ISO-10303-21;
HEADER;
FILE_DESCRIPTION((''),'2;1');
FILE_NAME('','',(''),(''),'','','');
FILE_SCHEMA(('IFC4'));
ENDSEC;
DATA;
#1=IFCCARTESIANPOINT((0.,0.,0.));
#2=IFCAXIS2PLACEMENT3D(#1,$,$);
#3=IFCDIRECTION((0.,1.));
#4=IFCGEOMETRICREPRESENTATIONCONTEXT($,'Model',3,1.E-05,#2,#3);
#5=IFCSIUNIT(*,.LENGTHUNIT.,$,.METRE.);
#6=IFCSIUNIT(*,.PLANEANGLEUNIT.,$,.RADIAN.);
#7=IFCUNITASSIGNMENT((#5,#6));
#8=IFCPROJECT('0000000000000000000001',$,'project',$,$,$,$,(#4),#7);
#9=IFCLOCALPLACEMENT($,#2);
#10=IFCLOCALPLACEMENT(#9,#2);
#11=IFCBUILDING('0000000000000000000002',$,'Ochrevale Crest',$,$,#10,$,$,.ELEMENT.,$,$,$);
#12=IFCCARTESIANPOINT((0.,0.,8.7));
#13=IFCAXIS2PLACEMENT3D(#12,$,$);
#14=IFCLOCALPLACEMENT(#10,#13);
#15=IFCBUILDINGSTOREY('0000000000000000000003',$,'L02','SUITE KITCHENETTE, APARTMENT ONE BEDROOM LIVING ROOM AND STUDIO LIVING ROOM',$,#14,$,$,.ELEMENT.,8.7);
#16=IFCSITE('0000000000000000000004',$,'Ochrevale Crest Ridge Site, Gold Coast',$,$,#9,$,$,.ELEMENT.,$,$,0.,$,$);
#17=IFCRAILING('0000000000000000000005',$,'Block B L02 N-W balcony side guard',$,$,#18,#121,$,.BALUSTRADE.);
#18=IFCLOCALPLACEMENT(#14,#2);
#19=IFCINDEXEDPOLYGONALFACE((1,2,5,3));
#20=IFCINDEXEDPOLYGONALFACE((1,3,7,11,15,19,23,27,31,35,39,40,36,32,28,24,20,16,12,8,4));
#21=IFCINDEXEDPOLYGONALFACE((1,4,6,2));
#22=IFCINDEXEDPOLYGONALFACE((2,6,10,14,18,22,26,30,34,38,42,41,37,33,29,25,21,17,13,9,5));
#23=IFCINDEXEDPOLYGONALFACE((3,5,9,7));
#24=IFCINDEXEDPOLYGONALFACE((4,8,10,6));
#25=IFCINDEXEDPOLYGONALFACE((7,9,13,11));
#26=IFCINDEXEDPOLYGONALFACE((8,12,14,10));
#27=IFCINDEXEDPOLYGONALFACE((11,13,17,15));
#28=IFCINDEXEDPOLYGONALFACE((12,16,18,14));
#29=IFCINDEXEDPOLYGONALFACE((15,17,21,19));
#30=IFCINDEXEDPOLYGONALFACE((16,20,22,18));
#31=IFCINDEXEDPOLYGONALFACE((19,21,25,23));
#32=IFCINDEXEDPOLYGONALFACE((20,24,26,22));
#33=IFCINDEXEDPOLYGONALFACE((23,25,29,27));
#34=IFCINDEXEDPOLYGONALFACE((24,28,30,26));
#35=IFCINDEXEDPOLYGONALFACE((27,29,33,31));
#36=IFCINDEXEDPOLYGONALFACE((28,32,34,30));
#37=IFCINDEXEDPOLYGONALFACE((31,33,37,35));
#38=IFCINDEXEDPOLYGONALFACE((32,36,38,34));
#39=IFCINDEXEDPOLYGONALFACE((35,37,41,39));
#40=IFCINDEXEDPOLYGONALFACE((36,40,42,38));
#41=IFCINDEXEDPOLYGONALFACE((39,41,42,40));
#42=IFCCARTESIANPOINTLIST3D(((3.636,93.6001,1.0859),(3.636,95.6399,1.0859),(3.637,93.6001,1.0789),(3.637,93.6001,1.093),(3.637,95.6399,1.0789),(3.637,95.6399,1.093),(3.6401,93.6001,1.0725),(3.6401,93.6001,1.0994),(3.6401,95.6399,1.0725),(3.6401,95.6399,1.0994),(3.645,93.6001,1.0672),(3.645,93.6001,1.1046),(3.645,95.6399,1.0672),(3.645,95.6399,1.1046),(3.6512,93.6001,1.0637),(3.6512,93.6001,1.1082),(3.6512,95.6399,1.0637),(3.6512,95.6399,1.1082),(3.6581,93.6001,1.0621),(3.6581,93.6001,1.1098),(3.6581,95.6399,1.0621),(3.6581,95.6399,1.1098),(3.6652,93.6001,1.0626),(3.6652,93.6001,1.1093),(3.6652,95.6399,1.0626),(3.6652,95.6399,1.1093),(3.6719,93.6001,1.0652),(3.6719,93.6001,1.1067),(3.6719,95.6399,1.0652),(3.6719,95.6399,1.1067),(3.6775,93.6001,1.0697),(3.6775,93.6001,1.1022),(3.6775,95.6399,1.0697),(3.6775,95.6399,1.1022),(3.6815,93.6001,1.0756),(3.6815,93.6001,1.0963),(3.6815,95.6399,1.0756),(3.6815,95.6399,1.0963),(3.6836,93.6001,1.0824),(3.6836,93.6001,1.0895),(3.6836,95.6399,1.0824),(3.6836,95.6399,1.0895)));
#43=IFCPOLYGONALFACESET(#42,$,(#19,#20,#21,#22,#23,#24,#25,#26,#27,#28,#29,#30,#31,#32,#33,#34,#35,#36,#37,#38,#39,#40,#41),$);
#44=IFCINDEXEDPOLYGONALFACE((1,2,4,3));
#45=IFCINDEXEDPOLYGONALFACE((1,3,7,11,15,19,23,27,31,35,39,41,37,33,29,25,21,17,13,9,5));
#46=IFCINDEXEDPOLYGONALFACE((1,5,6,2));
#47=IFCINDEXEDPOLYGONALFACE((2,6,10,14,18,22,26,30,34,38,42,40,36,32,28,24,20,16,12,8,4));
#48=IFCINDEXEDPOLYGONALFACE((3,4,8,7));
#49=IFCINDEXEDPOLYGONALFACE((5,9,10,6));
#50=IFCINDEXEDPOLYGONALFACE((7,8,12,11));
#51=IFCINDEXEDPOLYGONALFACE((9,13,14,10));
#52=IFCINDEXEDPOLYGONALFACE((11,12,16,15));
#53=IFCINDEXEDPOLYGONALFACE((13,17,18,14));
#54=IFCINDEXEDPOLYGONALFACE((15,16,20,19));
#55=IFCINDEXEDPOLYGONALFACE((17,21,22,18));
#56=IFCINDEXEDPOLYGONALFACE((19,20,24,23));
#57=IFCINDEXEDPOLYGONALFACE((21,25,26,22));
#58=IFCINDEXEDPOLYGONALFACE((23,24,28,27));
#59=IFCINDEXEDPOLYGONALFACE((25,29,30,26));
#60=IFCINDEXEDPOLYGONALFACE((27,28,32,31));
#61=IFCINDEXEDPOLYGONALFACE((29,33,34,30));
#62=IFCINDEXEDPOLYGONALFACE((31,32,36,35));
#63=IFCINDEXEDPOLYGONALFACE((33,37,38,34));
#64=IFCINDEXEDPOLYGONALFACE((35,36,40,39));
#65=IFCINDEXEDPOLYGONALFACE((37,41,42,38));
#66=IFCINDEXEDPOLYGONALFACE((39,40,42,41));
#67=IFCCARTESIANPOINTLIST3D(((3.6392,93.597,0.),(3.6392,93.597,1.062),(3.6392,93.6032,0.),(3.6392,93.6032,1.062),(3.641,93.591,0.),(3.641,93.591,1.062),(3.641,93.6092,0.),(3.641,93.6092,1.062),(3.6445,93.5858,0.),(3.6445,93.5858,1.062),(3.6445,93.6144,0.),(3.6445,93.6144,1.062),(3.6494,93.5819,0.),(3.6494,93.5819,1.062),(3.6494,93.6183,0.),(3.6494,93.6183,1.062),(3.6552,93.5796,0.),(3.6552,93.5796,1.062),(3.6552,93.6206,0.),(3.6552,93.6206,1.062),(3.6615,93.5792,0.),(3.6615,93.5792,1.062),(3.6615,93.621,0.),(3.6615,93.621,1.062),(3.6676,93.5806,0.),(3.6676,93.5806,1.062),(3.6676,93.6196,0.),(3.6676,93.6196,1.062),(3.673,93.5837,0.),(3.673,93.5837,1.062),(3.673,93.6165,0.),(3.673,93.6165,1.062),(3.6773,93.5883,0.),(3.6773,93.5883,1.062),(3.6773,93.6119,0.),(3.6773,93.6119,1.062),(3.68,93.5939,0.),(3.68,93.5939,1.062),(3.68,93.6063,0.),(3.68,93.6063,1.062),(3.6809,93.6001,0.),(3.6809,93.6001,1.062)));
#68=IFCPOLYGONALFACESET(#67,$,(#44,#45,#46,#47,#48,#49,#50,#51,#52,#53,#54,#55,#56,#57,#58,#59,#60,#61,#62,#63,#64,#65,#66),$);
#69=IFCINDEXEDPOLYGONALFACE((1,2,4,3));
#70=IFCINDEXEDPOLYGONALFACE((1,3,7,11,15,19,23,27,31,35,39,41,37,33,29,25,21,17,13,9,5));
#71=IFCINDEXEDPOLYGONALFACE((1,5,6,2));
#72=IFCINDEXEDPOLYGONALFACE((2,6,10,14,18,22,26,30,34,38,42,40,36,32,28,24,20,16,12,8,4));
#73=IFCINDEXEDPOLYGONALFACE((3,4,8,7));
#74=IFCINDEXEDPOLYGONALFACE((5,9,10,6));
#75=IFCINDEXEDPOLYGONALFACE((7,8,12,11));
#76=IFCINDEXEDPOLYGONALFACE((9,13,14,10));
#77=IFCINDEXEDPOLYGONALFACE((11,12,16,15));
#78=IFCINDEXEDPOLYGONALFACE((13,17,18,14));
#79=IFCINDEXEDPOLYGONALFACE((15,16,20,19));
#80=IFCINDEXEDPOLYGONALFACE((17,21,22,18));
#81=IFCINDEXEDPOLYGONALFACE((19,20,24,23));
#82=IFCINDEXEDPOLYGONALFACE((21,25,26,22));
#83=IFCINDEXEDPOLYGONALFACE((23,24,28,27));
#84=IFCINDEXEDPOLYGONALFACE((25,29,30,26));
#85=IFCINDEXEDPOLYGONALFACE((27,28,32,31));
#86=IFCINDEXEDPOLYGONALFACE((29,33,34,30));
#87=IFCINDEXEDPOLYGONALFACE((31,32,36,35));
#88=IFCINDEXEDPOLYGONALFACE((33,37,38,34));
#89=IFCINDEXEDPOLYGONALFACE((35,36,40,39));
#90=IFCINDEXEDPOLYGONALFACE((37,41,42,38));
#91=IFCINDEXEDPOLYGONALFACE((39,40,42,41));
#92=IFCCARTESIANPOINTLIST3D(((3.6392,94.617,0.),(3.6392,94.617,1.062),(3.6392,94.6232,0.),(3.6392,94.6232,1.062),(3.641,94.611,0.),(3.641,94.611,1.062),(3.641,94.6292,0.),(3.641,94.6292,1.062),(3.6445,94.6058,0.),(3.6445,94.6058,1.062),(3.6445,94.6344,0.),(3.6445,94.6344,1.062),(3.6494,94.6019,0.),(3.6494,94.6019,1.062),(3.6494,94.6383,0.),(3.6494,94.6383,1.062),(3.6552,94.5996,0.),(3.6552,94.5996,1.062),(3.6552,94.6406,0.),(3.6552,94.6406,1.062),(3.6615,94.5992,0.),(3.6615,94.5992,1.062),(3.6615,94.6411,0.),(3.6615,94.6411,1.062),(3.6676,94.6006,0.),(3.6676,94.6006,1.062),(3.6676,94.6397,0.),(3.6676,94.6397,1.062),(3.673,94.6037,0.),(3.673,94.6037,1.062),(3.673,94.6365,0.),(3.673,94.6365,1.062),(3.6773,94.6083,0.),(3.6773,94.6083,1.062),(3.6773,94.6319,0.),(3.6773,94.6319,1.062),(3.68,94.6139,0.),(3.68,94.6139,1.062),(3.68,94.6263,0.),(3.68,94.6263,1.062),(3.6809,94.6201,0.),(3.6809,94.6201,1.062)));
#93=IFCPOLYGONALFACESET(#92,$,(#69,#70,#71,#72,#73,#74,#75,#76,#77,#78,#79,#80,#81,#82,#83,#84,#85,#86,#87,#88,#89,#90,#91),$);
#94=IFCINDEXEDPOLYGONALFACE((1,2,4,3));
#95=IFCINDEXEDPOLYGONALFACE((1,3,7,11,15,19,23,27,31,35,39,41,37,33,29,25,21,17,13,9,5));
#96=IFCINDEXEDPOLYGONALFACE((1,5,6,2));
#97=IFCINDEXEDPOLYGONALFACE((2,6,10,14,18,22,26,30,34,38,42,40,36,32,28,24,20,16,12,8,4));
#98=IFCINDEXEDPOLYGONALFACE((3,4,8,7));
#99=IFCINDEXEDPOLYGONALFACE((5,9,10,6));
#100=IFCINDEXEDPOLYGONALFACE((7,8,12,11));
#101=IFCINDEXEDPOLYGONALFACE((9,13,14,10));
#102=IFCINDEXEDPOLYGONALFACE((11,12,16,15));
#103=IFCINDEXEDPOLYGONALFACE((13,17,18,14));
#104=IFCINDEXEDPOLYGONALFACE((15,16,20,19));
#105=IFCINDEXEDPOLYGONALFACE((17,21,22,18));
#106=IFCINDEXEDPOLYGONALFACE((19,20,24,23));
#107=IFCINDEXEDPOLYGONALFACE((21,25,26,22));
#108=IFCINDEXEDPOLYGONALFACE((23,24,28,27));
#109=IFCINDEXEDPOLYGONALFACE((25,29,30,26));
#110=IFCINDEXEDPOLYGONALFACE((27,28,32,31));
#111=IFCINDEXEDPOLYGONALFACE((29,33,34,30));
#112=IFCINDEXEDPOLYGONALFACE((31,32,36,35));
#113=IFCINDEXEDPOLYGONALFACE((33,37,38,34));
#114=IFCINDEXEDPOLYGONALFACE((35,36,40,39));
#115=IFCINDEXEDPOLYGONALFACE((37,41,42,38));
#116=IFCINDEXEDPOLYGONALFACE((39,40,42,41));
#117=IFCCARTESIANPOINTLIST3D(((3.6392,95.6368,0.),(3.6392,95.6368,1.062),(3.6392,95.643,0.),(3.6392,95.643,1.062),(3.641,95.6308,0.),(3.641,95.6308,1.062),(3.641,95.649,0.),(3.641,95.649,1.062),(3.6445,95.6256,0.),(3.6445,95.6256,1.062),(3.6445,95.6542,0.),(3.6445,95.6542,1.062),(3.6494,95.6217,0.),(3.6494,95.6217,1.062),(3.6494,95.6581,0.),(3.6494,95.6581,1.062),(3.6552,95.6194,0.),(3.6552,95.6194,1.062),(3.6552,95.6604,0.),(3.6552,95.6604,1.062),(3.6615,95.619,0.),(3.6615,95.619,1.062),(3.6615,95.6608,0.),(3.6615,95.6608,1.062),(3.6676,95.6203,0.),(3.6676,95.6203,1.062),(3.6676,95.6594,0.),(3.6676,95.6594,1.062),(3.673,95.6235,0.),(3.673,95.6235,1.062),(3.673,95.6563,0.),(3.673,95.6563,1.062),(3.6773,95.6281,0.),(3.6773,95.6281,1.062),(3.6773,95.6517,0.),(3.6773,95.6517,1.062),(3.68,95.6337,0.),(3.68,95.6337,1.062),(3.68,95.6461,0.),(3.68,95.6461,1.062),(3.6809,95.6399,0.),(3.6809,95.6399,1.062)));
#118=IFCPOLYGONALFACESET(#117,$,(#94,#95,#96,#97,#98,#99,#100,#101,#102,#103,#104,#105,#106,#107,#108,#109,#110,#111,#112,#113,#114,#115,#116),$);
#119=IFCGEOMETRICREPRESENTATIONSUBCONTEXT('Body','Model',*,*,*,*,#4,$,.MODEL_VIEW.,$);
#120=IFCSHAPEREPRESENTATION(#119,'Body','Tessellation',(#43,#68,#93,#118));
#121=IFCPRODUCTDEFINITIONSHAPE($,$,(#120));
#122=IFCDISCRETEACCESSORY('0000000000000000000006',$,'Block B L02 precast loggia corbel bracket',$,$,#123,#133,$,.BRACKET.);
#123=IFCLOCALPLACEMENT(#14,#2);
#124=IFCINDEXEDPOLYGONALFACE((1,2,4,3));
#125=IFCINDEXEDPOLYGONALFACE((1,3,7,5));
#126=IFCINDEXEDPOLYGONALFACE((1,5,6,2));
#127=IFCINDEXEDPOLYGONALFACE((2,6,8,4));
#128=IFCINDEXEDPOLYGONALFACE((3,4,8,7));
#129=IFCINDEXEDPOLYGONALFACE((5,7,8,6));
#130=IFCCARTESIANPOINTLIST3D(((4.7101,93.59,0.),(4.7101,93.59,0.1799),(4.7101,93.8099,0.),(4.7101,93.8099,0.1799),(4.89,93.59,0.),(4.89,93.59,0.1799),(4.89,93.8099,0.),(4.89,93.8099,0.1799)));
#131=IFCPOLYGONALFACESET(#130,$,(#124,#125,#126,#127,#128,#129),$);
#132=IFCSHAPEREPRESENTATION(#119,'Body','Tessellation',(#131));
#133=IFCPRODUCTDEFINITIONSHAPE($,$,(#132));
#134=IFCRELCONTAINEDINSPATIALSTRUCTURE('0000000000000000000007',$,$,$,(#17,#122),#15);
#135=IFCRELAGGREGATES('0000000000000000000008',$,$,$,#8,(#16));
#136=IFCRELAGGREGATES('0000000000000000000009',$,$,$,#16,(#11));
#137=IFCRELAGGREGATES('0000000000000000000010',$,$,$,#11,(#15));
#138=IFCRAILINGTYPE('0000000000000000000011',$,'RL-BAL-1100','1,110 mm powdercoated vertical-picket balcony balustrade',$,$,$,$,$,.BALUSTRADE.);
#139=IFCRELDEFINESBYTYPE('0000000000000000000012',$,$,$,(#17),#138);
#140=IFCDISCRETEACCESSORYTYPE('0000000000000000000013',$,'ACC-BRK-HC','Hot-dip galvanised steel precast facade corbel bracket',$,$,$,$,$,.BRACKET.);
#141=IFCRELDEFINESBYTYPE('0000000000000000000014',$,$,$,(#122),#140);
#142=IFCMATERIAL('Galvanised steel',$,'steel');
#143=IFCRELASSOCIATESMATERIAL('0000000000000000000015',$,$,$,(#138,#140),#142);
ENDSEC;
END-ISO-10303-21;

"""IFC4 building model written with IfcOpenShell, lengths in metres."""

from ifc_helpers import new_model, si_unit, direction, frame, origin, origin_2d, place, context, subcontext, project, spatial, rectangle, circle, extrude, material, type_object, element, save


model = new_model("IFC4")

# Units and contexts
model_context = context("Model", 3, precision=1e-05, world=origin(), true_north=direction((0.0, 1.0)))
body_context = subcontext(model_context, "Body", "Model", "MODEL_VIEW")
ifc_project = project(units=[si_unit("LENGTHUNIT", "METRE"), si_unit("PLANEANGLEUNIT", "RADIAN")], contexts=[model_context])

# Site, building, storey
site_placement = place(None, origin())
site = spatial("IfcSite", under=ifc_project, at=site_placement, Name="Ochrevale Crest Ridge Site, Gold Coast", CompositionType="ELEMENT", RefElevation=0.0)
building_placement = place(site_placement, origin())
building = spatial("IfcBuilding", under=site, at=building_placement, Name="Ochrevale Crest", CompositionType="ELEMENT")
storey_placement = place(building_placement, frame((0.0, 0.0, 8.7)))
storey = spatial("IfcBuildingStorey", under=building, at=storey_placement, Name="L02", Description="SUITE KITCHENETTE, APARTMENT ONE BEDROOM LIVING ROOM AND STUDIO LIVING ROOM", CompositionType="ELEMENT", Elevation=8.7)

# Railing
ifc_material_1 = material(Name="Galvanised steel", Category="steel")
railing_type = type_object("IfcRailingType", Name="RL-BAL-1100", Description="1,110 mm powdercoated vertical-picket balcony balustrade", PredefinedType="BALUSTRADE", material=ifc_material_1)
railing_1_placement = place(storey_placement, frame((3.6599, 93.6001, 0.0)))
element("IfcRailing", 1, at=railing_1_placement, inside=storey, type_object=railing_type, Name="Block B L02 N-W balcony side guard", PredefinedType="BALUSTRADE", context=body_context, shape_type="SweptSolid", body=[
    extrude(circle(Radius=0.0239, at=origin_2d()), frame((0.0, 0.0, 1.0859), z_axis=(0.0, 1.0, 0.0), x_axis=(-1.0, 0.0, 0.0)), (0.0, 0.0, 1.0), 2.0398),
    extrude(circle(Radius=0.021, at=origin_2d()), origin(), (0.0, 0.0, 1.0), 1.062),
    extrude(circle(Radius=0.021, at=origin_2d()), frame((0.0, 1.02, 0.0)), (0.0, 0.0, 1.0), 1.062),
    extrude(circle(Radius=0.021, at=origin_2d()), frame((0.0, 2.0398, 0.0)), (0.0, 0.0, 1.0), 1.062),
])

# Discrete accessory
discrete_accessory_type = type_object("IfcDiscreteAccessoryType", Name="ACC-BRK-HC", Description="Hot-dip galvanised steel precast facade corbel bracket", PredefinedType="BRACKET", material=ifc_material_1)
discrete_accessory_placement = place(storey_placement, frame((4.8, 93.7, 0.0), z_axis=(0.0, 0.0, 1.0), x_axis=(1.0, 0.0, 0.0)))
element("IfcDiscreteAccessory", 2, at=discrete_accessory_placement, inside=storey, type_object=discrete_accessory_type, Name="Block B L02 precast loggia corbel bracket", PredefinedType="BRACKET", context=body_context, shape_type="SweptSolid", body=[
    extrude(rectangle(XDim=0.1799, YDim=0.22, at=origin_2d()), origin(), (0.0, 0.0, 1.0), 0.1799),
])

save(model, "model.ifc")
